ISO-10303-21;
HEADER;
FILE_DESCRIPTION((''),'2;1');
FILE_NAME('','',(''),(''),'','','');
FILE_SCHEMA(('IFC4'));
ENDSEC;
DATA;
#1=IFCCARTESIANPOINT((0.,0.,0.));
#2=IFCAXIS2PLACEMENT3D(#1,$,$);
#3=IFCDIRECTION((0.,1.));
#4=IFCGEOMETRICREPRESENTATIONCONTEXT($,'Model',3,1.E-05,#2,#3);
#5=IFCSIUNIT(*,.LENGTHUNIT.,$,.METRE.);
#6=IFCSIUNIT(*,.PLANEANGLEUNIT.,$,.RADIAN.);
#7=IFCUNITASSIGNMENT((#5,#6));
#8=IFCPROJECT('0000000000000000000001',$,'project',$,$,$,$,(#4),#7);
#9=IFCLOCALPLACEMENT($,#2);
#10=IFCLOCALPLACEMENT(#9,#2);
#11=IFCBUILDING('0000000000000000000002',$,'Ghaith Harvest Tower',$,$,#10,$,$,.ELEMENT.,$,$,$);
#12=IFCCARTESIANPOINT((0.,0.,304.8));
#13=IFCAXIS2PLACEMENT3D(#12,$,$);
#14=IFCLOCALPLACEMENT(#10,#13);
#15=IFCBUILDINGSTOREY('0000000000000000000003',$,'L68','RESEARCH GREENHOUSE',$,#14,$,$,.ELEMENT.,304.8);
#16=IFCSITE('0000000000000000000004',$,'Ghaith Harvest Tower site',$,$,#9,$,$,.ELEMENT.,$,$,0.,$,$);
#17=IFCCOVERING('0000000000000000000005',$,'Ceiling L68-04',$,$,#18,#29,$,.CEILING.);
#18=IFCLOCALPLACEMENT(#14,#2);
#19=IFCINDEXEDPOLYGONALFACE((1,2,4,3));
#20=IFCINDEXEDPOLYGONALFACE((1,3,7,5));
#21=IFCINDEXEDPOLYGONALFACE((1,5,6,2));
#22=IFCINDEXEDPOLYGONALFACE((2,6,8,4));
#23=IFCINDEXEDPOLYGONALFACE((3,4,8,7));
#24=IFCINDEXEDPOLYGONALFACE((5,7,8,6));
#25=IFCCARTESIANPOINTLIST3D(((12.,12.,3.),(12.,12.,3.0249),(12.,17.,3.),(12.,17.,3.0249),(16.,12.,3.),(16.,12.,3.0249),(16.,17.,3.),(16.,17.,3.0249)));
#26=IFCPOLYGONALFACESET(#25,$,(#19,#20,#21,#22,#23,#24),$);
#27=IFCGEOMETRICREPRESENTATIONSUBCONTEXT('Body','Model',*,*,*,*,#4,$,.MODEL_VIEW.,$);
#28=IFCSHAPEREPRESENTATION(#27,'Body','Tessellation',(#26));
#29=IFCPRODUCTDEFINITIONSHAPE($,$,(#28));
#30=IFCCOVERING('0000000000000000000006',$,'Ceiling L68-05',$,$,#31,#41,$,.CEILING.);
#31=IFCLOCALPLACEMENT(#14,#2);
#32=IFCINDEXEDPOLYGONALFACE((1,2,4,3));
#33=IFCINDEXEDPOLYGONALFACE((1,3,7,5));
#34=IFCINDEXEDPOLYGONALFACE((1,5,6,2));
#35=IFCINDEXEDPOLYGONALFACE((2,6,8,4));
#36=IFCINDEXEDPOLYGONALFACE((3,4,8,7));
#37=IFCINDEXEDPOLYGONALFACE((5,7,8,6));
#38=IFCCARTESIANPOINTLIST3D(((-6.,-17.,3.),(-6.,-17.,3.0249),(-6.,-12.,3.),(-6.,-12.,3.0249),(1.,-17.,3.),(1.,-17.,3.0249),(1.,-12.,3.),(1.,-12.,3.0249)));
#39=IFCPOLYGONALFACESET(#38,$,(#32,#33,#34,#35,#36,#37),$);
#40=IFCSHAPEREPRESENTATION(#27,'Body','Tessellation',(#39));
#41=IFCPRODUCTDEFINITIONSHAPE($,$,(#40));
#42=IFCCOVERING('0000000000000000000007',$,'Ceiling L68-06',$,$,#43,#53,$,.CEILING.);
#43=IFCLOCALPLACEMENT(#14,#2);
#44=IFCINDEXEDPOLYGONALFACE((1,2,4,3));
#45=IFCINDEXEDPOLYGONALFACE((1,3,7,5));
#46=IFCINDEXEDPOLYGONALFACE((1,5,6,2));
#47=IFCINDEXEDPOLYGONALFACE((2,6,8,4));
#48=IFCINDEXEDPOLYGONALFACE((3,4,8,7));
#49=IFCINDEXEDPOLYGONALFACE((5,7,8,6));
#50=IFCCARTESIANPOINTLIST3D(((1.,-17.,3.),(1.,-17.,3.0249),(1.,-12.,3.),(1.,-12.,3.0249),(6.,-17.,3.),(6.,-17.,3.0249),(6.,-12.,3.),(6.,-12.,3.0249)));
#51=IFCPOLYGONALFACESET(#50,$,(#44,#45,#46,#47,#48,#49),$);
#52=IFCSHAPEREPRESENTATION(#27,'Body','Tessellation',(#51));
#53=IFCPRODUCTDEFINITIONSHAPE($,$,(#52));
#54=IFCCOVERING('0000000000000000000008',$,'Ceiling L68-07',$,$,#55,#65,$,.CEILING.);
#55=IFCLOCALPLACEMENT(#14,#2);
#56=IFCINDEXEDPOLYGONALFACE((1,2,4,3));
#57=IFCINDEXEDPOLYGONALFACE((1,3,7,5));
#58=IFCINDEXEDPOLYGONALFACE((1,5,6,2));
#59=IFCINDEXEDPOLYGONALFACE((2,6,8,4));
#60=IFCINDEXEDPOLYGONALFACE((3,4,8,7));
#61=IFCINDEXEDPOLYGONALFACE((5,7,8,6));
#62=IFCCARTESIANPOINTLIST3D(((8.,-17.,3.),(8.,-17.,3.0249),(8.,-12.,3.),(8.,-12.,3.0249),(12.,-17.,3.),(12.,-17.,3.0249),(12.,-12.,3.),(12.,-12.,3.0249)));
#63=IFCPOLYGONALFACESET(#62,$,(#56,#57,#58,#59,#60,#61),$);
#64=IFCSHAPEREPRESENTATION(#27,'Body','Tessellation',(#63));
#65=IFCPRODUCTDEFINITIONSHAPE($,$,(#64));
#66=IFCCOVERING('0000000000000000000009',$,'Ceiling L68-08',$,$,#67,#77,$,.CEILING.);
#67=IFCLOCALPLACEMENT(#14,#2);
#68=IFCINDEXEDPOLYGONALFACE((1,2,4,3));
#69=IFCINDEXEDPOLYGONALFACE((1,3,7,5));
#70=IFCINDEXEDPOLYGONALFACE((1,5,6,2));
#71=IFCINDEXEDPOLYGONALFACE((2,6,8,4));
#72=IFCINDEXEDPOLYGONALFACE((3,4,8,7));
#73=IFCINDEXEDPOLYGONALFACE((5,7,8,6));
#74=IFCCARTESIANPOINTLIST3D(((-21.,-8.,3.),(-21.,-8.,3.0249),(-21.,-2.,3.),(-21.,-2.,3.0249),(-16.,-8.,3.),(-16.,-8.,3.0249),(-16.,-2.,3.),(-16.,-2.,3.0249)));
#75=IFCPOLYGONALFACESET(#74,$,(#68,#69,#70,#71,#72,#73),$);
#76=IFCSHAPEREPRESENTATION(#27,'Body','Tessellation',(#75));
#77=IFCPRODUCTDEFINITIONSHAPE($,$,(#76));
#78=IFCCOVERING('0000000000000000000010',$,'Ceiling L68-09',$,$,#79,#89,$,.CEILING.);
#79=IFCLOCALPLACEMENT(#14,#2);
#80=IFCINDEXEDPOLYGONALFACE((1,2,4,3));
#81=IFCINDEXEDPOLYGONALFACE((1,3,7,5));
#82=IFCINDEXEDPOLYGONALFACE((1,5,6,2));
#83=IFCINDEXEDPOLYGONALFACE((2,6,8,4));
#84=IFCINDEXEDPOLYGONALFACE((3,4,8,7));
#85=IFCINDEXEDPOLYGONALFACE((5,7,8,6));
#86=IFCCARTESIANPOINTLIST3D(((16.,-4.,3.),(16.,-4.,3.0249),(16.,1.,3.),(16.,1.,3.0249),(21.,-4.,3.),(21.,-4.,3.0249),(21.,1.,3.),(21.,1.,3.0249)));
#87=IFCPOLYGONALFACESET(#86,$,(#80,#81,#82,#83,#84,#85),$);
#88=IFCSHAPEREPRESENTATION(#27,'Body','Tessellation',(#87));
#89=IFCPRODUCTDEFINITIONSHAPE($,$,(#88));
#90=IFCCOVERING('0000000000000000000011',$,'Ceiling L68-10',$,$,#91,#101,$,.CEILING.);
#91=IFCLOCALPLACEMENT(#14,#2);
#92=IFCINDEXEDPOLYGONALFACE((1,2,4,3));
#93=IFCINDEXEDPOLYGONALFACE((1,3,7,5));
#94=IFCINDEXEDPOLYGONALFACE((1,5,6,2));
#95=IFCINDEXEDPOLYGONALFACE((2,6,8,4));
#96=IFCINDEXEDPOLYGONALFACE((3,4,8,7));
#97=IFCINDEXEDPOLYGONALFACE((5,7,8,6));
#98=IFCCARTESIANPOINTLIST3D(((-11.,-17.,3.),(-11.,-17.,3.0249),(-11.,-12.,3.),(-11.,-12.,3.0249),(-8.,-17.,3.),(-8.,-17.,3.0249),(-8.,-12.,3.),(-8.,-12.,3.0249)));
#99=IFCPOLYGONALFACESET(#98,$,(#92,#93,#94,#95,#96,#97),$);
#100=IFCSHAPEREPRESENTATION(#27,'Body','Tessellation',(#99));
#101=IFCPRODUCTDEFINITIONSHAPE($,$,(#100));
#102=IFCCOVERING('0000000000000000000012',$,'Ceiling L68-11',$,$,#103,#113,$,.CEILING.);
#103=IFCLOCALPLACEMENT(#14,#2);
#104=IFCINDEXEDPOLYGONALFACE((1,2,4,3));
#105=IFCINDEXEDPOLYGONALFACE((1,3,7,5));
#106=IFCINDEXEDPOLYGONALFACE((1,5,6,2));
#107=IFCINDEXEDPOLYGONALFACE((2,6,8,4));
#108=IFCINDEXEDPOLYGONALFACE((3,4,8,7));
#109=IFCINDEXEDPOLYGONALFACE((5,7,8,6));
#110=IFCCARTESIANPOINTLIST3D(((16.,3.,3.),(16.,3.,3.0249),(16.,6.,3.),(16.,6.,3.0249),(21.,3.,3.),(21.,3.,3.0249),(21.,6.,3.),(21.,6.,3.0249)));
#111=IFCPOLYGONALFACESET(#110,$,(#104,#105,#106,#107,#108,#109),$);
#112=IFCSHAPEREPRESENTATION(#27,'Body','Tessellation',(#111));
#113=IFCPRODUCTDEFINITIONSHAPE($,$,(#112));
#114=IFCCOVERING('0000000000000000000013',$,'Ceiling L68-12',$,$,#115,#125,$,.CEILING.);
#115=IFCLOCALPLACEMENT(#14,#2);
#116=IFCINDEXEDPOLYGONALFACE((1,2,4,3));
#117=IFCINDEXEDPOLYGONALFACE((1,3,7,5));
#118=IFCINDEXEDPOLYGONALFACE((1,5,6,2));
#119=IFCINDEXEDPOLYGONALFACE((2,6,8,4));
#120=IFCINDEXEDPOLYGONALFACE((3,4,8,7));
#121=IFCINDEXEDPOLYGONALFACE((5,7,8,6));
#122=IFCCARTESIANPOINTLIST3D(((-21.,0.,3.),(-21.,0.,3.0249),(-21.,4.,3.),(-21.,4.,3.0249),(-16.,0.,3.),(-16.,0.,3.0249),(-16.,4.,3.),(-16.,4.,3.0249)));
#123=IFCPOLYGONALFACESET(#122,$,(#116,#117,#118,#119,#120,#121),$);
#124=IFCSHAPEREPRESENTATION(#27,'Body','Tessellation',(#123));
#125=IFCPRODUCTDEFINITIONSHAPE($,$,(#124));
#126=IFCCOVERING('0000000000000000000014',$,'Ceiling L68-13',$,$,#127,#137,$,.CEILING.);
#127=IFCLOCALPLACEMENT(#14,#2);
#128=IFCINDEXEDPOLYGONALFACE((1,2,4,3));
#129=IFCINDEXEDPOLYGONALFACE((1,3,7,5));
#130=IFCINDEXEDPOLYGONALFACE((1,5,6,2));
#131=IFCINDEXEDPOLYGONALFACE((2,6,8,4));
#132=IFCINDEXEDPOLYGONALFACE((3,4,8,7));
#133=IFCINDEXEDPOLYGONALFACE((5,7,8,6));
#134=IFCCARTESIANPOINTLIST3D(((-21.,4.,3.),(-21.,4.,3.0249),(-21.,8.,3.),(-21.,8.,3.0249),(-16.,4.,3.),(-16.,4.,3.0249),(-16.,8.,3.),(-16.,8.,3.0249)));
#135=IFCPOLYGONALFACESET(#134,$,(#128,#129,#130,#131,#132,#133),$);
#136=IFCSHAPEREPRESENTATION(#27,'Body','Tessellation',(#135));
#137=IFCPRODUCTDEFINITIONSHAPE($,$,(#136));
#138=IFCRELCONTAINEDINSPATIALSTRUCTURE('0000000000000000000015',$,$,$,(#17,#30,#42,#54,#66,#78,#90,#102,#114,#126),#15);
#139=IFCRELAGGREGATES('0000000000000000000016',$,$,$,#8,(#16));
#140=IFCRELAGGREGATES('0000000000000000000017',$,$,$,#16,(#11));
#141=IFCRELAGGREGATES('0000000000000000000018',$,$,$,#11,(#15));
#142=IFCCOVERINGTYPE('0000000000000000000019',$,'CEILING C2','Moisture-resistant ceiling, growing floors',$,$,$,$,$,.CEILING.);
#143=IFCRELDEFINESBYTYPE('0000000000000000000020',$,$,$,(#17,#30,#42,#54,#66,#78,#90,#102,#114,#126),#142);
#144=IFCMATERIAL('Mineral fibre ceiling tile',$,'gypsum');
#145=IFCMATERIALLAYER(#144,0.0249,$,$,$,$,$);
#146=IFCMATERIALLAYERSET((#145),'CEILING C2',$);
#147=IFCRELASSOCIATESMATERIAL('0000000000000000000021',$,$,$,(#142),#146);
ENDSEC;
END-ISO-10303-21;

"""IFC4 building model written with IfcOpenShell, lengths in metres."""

from ifc_helpers import new_model, si_unit, direction, frame, origin, place, context, subcontext, project, spatial, polyline, outline, extrude, material, layer, layer_set, type_object, element, save


model = new_model("IFC4")

# Units and contexts
model_context = context("Model", 3, precision=1e-05, world=origin(), true_north=direction((0.0, 1.0)))
body_context = subcontext(model_context, "Body", "Model", "MODEL_VIEW")
ifc_project = project(units=[si_unit("LENGTHUNIT", "METRE"), si_unit("PLANEANGLEUNIT", "RADIAN")], contexts=[model_context])

# Site, building, storey
site_placement = place(None, origin())
site = spatial("IfcSite", under=ifc_project, at=site_placement, Name="Ghaith Harvest Tower site", CompositionType="ELEMENT", RefElevation=0.0)
building_placement = place(site_placement, origin())
building = spatial("IfcBuilding", under=site, at=building_placement, Name="Ghaith Harvest Tower", CompositionType="ELEMENT")
storey_placement = place(building_placement, frame((0.0, 0.0, 304.8)))
storey = spatial("IfcBuildingStorey", under=building, at=storey_placement, Name="L68", Description="RESEARCH GREENHOUSE", CompositionType="ELEMENT", Elevation=304.8)

# Coverings
ifc_material_1 = material(Name="Mineral fibre ceiling tile", Category="gypsum")
ifc_layer_1 = layer(ifc_material_1, 0.0249)
ifc_layer_set_1 = layer_set([ifc_layer_1], Name="CEILING C2")
covering_type = type_object("IfcCoveringType", Name="CEILING C2", Description="Moisture-resistant ceiling, growing floors", PredefinedType="CEILING", material=ifc_layer_set_1)
covering_1_placement = place(storey_placement, frame((0.0, 0.0, 3.0)))
element("IfcCovering", 1, at=covering_1_placement, inside=storey, type_object=covering_type, Name="Ceiling L68-04", PredefinedType="CEILING", context=body_context, shape_type="SweptSolid", body=[
    extrude(outline(polyline([(12.0, 12.0), (16.0, 12.0), (16.0, 17.0), (12.0, 17.0), (12.0, 12.0)])), origin(), (0.0, 0.0, 1.0), 0.0249),
])
covering_2_placement = place(storey_placement, frame((0.0, 0.0, 3.0)))
element("IfcCovering", 2, at=covering_2_placement, inside=storey, type_object=covering_type, Name="Ceiling L68-05", PredefinedType="CEILING", context=body_context, shape_type="SweptSolid", body=[
    extrude(outline(polyline([(-6.0, -17.0), (1.0, -17.0), (1.0, -12.0), (-6.0, -12.0), (-6.0, -17.0)])), origin(), (0.0, 0.0, 1.0), 0.0249),
])
covering_3_placement = place(storey_placement, frame((0.0, 0.0, 3.0)))
element("IfcCovering", 3, at=covering_3_placement, inside=storey, type_object=covering_type, Name="Ceiling L68-06", PredefinedType="CEILING", context=body_context, shape_type="SweptSolid", body=[
    extrude(outline(polyline([(1.0, -17.0), (6.0, -17.0), (6.0, -12.0), (1.0, -12.0), (1.0, -17.0)])), origin(), (0.0, 0.0, 1.0), 0.0249),
])
covering_4_placement = place(storey_placement, frame((0.0, 0.0, 3.0)))
element("IfcCovering", 4, at=covering_4_placement, inside=storey, type_object=covering_type, Name="Ceiling L68-07", PredefinedType="CEILING", context=body_context, shape_type="SweptSolid", body=[
    extrude(outline(polyline([(8.0, -17.0), (12.0, -17.0), (12.0, -12.0), (8.0, -12.0), (8.0, -17.0)])), origin(), (0.0, 0.0, 1.0), 0.0249),
])
covering_5_placement = place(storey_placement, frame((0.0, 0.0, 3.0)))
element("IfcCovering", 5, at=covering_5_placement, inside=storey, type_object=covering_type, Name="Ceiling L68-08", PredefinedType="CEILING", context=body_context, shape_type="SweptSolid", body=[
    extrude(outline(polyline([(-21.0, -8.0), (-16.0, -8.0), (-16.0, -2.0), (-21.0, -2.0), (-21.0, -8.0)])), origin(), (0.0, 0.0, 1.0), 0.0249),
])
covering_6_placement = place(storey_placement, frame((0.0, 0.0, 3.0)))
element("IfcCovering", 6, at=covering_6_placement, inside=storey, type_object=covering_type, Name="Ceiling L68-09", PredefinedType="CEILING", context=body_context, shape_type="SweptSolid", body=[
    extrude(outline(polyline([(16.0, -4.0), (21.0, -4.0), (21.0, 1.0), (16.0, 1.0), (16.0, -4.0)])), origin(), (0.0, 0.0, 1.0), 0.0249),
])
covering_7_placement = place(storey_placement, frame((0.0, 0.0, 3.0)))
element("IfcCovering", 7, at=covering_7_placement, inside=storey, type_object=covering_type, Name="Ceiling L68-10", PredefinedType="CEILING", context=body_context, shape_type="SweptSolid", body=[
    extrude(outline(polyline([(-11.0, -17.0), (-8.0, -17.0), (-8.0, -12.0), (-11.0, -12.0), (-11.0, -17.0)])), origin(), (0.0, 0.0, 1.0), 0.0249),
])
covering_8_placement = place(storey_placement, frame((0.0, 0.0, 3.0)))
element("IfcCovering", 8, at=covering_8_placement, inside=storey, type_object=covering_type, Name="Ceiling L68-11", PredefinedType="CEILING", context=body_context, shape_type="SweptSolid", body=[
    extrude(outline(polyline([(16.0, 3.0), (21.0, 3.0), (21.0, 6.0), (16.0, 6.0), (16.0, 3.0)])), origin(), (0.0, 0.0, 1.0), 0.0249),
])
covering_9_placement = place(storey_placement, frame((0.0, 0.0, 3.0)))
element("IfcCovering", 9, at=covering_9_placement, inside=storey, type_object=covering_type, Name="Ceiling L68-12", PredefinedType="CEILING", context=body_context, shape_type="SweptSolid", body=[
    extrude(outline(polyline([(-21.0, 0.0), (-16.0, 0.0), (-16.0, 4.0), (-21.0, 4.0), (-21.0, 0.0)])), origin(), (0.0, 0.0, 1.0), 0.0249),
])
covering_10_placement = place(storey_placement, frame((0.0, 0.0, 3.0)))
element("IfcCovering", 10, at=covering_10_placement, inside=storey, type_object=covering_type, Name="Ceiling L68-13", PredefinedType="CEILING", context=body_context, shape_type="SweptSolid", body=[
    extrude(outline(polyline([(-21.0, 4.0), (-16.0, 4.0), (-16.0, 8.0), (-21.0, 8.0), (-21.0, 4.0)])), origin(), (0.0, 0.0, 1.0), 0.0249),
])

save(model, "model.ifc")
